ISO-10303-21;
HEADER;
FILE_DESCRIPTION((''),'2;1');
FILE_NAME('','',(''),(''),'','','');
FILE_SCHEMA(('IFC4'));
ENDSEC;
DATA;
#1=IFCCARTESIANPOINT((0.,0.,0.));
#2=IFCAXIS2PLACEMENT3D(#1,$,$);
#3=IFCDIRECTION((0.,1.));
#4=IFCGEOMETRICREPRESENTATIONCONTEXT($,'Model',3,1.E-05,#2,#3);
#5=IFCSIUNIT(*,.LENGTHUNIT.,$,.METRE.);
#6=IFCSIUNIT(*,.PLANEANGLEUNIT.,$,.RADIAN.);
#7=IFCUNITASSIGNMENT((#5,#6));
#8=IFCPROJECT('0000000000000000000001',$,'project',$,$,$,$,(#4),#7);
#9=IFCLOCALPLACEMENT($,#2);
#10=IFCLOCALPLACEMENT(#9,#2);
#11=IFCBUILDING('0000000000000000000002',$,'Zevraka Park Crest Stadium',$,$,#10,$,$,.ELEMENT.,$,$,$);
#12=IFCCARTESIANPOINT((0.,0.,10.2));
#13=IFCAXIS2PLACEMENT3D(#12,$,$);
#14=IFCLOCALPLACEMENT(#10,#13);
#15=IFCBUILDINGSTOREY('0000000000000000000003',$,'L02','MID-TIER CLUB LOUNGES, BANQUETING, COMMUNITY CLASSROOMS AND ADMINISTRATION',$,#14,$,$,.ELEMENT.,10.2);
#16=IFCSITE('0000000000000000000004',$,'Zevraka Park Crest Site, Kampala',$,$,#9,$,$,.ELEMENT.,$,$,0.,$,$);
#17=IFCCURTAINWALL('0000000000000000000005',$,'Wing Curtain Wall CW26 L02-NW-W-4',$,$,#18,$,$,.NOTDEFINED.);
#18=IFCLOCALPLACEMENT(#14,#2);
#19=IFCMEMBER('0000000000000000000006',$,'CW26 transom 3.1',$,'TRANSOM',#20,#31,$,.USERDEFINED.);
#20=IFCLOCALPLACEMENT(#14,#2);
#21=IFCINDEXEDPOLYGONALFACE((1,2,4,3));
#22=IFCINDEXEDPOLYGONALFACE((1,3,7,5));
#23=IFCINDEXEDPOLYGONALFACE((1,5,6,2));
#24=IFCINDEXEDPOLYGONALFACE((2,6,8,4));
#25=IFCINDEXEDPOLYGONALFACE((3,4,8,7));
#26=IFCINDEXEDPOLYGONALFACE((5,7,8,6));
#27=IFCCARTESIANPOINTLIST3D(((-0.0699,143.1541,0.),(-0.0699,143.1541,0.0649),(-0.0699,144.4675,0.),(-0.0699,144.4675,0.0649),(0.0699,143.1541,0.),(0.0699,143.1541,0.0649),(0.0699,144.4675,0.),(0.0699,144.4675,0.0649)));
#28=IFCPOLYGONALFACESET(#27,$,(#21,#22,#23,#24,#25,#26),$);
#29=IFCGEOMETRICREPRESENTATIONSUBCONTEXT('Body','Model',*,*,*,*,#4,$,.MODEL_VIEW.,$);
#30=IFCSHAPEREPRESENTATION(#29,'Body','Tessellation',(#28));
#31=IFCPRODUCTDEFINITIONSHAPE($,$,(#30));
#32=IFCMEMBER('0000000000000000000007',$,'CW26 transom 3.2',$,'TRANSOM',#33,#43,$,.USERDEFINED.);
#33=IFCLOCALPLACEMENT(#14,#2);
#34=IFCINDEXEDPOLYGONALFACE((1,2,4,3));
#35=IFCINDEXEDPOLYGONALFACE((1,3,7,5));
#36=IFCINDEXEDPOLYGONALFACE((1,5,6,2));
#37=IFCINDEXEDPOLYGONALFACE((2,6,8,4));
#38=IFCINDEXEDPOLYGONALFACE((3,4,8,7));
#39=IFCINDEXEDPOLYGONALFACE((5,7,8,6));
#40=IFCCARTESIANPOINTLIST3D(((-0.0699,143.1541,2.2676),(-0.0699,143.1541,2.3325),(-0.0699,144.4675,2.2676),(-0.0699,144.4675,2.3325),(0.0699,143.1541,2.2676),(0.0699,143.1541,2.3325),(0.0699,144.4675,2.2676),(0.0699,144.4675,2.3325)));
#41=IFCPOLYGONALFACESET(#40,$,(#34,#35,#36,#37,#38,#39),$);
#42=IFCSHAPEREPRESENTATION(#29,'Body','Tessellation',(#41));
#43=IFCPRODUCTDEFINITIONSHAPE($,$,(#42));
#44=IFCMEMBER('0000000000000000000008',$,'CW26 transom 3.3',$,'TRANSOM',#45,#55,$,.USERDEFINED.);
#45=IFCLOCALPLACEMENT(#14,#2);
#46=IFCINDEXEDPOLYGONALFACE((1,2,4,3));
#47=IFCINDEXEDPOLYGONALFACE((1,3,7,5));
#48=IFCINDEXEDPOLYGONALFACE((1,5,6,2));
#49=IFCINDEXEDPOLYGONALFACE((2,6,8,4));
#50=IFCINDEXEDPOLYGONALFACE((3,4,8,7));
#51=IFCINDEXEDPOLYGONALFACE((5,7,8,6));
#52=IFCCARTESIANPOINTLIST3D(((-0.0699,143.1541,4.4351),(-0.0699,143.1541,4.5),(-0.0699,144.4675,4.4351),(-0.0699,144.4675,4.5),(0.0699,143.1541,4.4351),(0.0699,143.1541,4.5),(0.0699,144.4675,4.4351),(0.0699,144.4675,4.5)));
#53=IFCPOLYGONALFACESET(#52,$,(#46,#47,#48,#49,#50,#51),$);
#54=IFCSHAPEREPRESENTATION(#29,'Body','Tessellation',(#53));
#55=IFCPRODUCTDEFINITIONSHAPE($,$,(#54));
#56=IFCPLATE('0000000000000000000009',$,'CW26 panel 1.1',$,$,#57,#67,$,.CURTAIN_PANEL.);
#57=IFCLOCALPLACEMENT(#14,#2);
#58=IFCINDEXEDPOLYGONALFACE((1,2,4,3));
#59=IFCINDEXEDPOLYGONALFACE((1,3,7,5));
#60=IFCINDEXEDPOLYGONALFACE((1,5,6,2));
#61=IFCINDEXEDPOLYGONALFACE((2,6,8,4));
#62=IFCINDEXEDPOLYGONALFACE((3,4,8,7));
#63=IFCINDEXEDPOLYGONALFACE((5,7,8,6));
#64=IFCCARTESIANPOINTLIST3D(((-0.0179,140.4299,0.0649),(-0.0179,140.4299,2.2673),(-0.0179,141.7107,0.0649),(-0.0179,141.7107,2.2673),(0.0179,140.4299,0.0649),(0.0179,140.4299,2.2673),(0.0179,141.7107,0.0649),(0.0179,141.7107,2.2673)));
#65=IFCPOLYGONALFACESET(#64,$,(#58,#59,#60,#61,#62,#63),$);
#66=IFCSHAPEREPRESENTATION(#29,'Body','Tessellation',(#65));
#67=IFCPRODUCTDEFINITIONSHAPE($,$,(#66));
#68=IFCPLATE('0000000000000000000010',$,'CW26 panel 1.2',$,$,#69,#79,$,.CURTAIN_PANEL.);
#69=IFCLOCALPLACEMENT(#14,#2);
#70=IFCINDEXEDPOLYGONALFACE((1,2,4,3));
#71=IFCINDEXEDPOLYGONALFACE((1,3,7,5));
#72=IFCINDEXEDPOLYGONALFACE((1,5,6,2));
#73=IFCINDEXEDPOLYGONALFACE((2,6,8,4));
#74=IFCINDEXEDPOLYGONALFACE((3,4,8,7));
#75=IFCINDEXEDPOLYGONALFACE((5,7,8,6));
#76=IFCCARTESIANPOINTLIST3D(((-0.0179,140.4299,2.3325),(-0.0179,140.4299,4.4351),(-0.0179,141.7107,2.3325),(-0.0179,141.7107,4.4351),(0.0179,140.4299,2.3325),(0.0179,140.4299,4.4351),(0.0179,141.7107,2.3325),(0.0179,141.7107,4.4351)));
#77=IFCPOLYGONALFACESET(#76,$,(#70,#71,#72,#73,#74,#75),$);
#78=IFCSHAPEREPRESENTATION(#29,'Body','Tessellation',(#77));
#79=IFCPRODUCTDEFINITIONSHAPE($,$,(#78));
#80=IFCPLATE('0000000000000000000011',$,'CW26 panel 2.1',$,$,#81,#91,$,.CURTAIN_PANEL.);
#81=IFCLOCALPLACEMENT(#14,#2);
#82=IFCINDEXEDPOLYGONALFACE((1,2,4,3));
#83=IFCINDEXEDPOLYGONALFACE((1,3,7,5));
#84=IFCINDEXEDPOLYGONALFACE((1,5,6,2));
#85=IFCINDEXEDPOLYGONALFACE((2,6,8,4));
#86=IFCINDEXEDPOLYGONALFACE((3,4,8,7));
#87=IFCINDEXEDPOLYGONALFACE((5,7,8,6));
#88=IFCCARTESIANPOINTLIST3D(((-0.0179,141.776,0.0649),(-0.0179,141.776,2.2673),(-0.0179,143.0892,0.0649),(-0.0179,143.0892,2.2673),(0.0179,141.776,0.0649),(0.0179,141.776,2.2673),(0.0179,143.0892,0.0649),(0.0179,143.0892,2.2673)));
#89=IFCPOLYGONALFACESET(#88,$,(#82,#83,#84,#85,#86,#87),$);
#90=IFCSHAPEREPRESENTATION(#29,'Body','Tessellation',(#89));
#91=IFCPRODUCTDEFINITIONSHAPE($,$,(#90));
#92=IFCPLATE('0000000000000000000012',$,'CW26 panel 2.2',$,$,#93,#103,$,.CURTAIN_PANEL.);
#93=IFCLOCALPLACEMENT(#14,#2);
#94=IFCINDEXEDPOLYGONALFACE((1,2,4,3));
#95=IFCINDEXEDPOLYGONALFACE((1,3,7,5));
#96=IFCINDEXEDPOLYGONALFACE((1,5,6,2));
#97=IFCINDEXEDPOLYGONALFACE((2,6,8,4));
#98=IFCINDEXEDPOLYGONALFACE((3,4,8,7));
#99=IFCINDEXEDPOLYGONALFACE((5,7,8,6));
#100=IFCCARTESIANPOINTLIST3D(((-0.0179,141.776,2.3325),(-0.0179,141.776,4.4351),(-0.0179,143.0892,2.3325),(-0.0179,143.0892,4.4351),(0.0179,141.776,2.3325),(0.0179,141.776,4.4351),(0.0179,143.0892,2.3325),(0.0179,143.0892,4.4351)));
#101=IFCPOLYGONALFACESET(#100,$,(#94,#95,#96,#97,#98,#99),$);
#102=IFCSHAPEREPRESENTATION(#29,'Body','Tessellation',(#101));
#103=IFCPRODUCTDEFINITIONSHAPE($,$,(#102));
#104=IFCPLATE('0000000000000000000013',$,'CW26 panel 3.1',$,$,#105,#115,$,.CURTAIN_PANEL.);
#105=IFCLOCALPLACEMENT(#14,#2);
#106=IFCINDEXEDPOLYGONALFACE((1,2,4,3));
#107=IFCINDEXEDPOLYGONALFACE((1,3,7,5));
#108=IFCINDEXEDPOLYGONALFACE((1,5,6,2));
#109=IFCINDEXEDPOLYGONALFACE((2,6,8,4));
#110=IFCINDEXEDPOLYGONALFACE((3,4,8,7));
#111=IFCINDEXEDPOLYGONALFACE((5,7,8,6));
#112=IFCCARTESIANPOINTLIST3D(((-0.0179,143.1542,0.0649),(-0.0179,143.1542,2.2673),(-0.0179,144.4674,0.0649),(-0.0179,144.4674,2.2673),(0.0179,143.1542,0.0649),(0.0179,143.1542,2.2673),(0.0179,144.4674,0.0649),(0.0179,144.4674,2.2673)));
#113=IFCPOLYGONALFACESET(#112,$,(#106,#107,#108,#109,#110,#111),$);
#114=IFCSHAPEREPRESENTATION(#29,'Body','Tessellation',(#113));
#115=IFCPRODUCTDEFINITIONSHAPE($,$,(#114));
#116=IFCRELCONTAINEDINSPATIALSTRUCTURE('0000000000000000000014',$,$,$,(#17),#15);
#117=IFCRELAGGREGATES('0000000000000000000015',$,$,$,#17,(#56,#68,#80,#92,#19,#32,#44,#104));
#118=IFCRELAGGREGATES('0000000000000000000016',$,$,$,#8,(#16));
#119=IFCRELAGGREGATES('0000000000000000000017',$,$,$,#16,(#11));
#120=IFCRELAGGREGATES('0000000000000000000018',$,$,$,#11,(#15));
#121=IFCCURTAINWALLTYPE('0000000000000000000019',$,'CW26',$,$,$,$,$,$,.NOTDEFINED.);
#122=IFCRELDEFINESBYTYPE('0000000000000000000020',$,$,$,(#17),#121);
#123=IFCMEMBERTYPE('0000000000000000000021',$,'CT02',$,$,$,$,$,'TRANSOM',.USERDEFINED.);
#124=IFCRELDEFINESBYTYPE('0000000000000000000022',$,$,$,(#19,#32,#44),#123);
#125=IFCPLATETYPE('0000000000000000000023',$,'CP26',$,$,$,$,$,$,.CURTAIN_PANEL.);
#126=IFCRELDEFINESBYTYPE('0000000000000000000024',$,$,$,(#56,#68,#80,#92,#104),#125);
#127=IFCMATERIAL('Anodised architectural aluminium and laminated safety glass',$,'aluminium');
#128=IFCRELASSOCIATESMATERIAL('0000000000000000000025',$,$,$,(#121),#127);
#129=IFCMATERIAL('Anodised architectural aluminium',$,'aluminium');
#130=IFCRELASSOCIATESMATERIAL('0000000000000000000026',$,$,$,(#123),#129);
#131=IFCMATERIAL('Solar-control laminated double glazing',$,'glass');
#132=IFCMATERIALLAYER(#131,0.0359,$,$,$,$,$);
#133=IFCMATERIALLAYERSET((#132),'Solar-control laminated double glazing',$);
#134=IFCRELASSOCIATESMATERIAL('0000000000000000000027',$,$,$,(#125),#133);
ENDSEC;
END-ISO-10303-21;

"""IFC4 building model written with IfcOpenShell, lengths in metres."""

from ifc_helpers import new_model, si_unit, direction, frame, origin, origin_2d, place, context, subcontext, project, spatial, rectangle, extrude, material, layer, layer_set, material_profile, profile_set, type_object, element, aggregate, save


model = new_model("IFC4")

# Units and contexts
model_context = context("Model", 3, precision=1e-05, world=origin(), true_north=direction((0.0, 1.0)))
body_context = subcontext(model_context, "Body", "Model", "MODEL_VIEW")
ifc_project = project(units=[si_unit("LENGTHUNIT", "METRE"), si_unit("PLANEANGLEUNIT", "RADIAN")], contexts=[model_context])

# Site, building, storey
site_placement = place(None, origin())
site = spatial("IfcSite", under=ifc_project, at=site_placement, Name="Zevraka Park Crest Site, Kampala", CompositionType="ELEMENT", RefElevation=0.0)
building_placement = place(site_placement, origin())
building = spatial("IfcBuilding", under=site, at=building_placement, Name="Zevraka Park Crest Stadium", CompositionType="ELEMENT")
storey_placement = place(building_placement, frame((0.0, 0.0, 10.2)))
storey = spatial("IfcBuildingStorey", under=building, at=storey_placement, Name="L02", Description="MID-TIER CLUB LOUNGES, BANQUETING, COMMUNITY CLASSROOMS AND ADMINISTRATION", CompositionType="ELEMENT", Elevation=10.2)

# Curtain wall, members, plates
ifc_material_1 = material(Name="Anodised architectural aluminium and laminated safety glass", Category="aluminium")
curtain_wall_type = type_object("IfcCurtainWallType", Name="CW26", PredefinedType="NOTDEFINED", material=ifc_material_1)
curtain_wall_placement = place(storey_placement, origin())
curtain_wall = element("IfcCurtainWall", 1, at=curtain_wall_placement, inside=storey, type_object=curtain_wall_type, Name="Wing Curtain Wall CW26 L02-NW-W-4", PredefinedType="NOTDEFINED")
ifc_material_2 = material(Name="Anodised architectural aluminium", Category="aluminium")
ifc_material_profile_1 = material_profile(ifc_material_2, rectangle(XDim=0.1399, YDim=0.0649, at=origin_2d()), Name="ALU TRANSOM 140x65")
ifc_profile_set_1 = profile_set([ifc_material_profile_1], Name="Anodised architectural aluminium")
member_type_1 = type_object("IfcMemberType", Name="CT02", ElementType="TRANSOM", PredefinedType="USERDEFINED", material=ifc_profile_set_1)
member_1_placement = place(storey_placement, frame((0.0, 143.1541, 0.0325), z_axis=(0.0, 1.0, 0.0), x_axis=(-1.0, 0.0, 0.0)))
member_1 = element("IfcMember", 2, at=member_1_placement, type_object=member_type_1, Name="CW26 transom 3.1", ObjectType="TRANSOM", PredefinedType="USERDEFINED", context=body_context, shape_type="SweptSolid", body=[
    extrude(rectangle(XDim=0.1399, YDim=0.0649, at=origin_2d()), origin(), (0.0, 0.0, 1.0), 1.3135),
])
member_2_placement = place(storey_placement, frame((0.0, 143.1541, 2.3), z_axis=(0.0, 1.0, 0.0), x_axis=(-1.0, 0.0, 0.0)))
member_2 = element("IfcMember", 3, at=member_2_placement, type_object=member_type_1, Name="CW26 transom 3.2", ObjectType="TRANSOM", PredefinedType="USERDEFINED", context=body_context, shape_type="SweptSolid", body=[
    extrude(rectangle(XDim=0.1399, YDim=0.0649, at=origin_2d()), origin(), (0.0, 0.0, 1.0), 1.3135),
])
member_3_placement = place(storey_placement, frame((0.0, 143.1541, 4.4675), z_axis=(0.0, 1.0, 0.0), x_axis=(-1.0, 0.0, 0.0)))
member_3 = element("IfcMember", 4, at=member_3_placement, type_object=member_type_1, Name="CW26 transom 3.3", ObjectType="TRANSOM", PredefinedType="USERDEFINED", context=body_context, shape_type="SweptSolid", body=[
    extrude(rectangle(XDim=0.1399, YDim=0.0649, at=origin_2d()), origin(), (0.0, 0.0, 1.0), 1.3135),
])
ifc_material_3 = material(Name="Solar-control laminated double glazing", Category="glass")
ifc_layer = layer(ifc_material_3, 0.0359)
ifc_layer_set = layer_set([ifc_layer], Name="Solar-control laminated double glazing")
plate_type = type_object("IfcPlateType", Name="CP26", PredefinedType="CURTAIN_PANEL", material=ifc_layer_set)
plate_1_placement = place(storey_placement, frame((0.0, 141.0703, 0.0649), z_axis=(0.0, 0.0, 1.0), x_axis=(0.0, 1.0, 0.0)))
plate_1 = element("IfcPlate", 5, at=plate_1_placement, type_object=plate_type, Name="CW26 panel 1.1", PredefinedType="CURTAIN_PANEL", context=body_context, shape_type="SweptSolid", body=[
    extrude(rectangle(XDim=1.2808, YDim=0.0359, at=origin_2d()), origin(), (0.0, 0.0, 1.0), 2.2024),
])
plate_2_placement = place(storey_placement, frame((0.0, 141.0703, 2.3325), z_axis=(0.0, 0.0, 1.0), x_axis=(0.0, 1.0, 0.0)))
plate_2 = element("IfcPlate", 6, at=plate_2_placement, type_object=plate_type, Name="CW26 panel 1.2", PredefinedType="CURTAIN_PANEL", context=body_context, shape_type="SweptSolid", body=[
    extrude(rectangle(XDim=1.2808, YDim=0.0359, at=origin_2d()), origin(), (0.0, 0.0, 1.0), 2.1025),
])
plate_3_placement = place(storey_placement, frame((0.0, 142.4326, 0.0649), z_axis=(0.0, 0.0, 1.0), x_axis=(0.0, 1.0, 0.0)))
plate_3 = element("IfcPlate", 7, at=plate_3_placement, type_object=plate_type, Name="CW26 panel 2.1", PredefinedType="CURTAIN_PANEL", context=body_context, shape_type="SweptSolid", body=[
    extrude(rectangle(XDim=1.3132, YDim=0.0359, at=origin_2d()), origin(), (0.0, 0.0, 1.0), 2.2024),
])
plate_4_placement = place(storey_placement, frame((0.0, 142.4326, 2.3325), z_axis=(0.0, 0.0, 1.0), x_axis=(0.0, 1.0, 0.0)))
plate_4 = element("IfcPlate", 8, at=plate_4_placement, type_object=plate_type, Name="CW26 panel 2.2", PredefinedType="CURTAIN_PANEL", context=body_context, shape_type="SweptSolid", body=[
    extrude(rectangle(XDim=1.3132, YDim=0.0359, at=origin_2d()), origin(), (0.0, 0.0, 1.0), 2.1025),
])
plate_5_placement = place(storey_placement, frame((0.0, 143.8108, 0.0649), z_axis=(0.0, 0.0, 1.0), x_axis=(0.0, 1.0, 0.0)))
plate_5 = element("IfcPlate", 9, at=plate_5_placement, type_object=plate_type, Name="CW26 panel 3.1", PredefinedType="CURTAIN_PANEL", context=body_context, shape_type="SweptSolid", body=[
    extrude(rectangle(XDim=1.3132, YDim=0.0359, at=origin_2d()), origin(), (0.0, 0.0, 1.0), 2.2024),
])
aggregate(curtain_wall, [plate_1, plate_2, plate_3, plate_4, member_1, member_2, member_3, plate_5])

save(model, "model.ifc")
